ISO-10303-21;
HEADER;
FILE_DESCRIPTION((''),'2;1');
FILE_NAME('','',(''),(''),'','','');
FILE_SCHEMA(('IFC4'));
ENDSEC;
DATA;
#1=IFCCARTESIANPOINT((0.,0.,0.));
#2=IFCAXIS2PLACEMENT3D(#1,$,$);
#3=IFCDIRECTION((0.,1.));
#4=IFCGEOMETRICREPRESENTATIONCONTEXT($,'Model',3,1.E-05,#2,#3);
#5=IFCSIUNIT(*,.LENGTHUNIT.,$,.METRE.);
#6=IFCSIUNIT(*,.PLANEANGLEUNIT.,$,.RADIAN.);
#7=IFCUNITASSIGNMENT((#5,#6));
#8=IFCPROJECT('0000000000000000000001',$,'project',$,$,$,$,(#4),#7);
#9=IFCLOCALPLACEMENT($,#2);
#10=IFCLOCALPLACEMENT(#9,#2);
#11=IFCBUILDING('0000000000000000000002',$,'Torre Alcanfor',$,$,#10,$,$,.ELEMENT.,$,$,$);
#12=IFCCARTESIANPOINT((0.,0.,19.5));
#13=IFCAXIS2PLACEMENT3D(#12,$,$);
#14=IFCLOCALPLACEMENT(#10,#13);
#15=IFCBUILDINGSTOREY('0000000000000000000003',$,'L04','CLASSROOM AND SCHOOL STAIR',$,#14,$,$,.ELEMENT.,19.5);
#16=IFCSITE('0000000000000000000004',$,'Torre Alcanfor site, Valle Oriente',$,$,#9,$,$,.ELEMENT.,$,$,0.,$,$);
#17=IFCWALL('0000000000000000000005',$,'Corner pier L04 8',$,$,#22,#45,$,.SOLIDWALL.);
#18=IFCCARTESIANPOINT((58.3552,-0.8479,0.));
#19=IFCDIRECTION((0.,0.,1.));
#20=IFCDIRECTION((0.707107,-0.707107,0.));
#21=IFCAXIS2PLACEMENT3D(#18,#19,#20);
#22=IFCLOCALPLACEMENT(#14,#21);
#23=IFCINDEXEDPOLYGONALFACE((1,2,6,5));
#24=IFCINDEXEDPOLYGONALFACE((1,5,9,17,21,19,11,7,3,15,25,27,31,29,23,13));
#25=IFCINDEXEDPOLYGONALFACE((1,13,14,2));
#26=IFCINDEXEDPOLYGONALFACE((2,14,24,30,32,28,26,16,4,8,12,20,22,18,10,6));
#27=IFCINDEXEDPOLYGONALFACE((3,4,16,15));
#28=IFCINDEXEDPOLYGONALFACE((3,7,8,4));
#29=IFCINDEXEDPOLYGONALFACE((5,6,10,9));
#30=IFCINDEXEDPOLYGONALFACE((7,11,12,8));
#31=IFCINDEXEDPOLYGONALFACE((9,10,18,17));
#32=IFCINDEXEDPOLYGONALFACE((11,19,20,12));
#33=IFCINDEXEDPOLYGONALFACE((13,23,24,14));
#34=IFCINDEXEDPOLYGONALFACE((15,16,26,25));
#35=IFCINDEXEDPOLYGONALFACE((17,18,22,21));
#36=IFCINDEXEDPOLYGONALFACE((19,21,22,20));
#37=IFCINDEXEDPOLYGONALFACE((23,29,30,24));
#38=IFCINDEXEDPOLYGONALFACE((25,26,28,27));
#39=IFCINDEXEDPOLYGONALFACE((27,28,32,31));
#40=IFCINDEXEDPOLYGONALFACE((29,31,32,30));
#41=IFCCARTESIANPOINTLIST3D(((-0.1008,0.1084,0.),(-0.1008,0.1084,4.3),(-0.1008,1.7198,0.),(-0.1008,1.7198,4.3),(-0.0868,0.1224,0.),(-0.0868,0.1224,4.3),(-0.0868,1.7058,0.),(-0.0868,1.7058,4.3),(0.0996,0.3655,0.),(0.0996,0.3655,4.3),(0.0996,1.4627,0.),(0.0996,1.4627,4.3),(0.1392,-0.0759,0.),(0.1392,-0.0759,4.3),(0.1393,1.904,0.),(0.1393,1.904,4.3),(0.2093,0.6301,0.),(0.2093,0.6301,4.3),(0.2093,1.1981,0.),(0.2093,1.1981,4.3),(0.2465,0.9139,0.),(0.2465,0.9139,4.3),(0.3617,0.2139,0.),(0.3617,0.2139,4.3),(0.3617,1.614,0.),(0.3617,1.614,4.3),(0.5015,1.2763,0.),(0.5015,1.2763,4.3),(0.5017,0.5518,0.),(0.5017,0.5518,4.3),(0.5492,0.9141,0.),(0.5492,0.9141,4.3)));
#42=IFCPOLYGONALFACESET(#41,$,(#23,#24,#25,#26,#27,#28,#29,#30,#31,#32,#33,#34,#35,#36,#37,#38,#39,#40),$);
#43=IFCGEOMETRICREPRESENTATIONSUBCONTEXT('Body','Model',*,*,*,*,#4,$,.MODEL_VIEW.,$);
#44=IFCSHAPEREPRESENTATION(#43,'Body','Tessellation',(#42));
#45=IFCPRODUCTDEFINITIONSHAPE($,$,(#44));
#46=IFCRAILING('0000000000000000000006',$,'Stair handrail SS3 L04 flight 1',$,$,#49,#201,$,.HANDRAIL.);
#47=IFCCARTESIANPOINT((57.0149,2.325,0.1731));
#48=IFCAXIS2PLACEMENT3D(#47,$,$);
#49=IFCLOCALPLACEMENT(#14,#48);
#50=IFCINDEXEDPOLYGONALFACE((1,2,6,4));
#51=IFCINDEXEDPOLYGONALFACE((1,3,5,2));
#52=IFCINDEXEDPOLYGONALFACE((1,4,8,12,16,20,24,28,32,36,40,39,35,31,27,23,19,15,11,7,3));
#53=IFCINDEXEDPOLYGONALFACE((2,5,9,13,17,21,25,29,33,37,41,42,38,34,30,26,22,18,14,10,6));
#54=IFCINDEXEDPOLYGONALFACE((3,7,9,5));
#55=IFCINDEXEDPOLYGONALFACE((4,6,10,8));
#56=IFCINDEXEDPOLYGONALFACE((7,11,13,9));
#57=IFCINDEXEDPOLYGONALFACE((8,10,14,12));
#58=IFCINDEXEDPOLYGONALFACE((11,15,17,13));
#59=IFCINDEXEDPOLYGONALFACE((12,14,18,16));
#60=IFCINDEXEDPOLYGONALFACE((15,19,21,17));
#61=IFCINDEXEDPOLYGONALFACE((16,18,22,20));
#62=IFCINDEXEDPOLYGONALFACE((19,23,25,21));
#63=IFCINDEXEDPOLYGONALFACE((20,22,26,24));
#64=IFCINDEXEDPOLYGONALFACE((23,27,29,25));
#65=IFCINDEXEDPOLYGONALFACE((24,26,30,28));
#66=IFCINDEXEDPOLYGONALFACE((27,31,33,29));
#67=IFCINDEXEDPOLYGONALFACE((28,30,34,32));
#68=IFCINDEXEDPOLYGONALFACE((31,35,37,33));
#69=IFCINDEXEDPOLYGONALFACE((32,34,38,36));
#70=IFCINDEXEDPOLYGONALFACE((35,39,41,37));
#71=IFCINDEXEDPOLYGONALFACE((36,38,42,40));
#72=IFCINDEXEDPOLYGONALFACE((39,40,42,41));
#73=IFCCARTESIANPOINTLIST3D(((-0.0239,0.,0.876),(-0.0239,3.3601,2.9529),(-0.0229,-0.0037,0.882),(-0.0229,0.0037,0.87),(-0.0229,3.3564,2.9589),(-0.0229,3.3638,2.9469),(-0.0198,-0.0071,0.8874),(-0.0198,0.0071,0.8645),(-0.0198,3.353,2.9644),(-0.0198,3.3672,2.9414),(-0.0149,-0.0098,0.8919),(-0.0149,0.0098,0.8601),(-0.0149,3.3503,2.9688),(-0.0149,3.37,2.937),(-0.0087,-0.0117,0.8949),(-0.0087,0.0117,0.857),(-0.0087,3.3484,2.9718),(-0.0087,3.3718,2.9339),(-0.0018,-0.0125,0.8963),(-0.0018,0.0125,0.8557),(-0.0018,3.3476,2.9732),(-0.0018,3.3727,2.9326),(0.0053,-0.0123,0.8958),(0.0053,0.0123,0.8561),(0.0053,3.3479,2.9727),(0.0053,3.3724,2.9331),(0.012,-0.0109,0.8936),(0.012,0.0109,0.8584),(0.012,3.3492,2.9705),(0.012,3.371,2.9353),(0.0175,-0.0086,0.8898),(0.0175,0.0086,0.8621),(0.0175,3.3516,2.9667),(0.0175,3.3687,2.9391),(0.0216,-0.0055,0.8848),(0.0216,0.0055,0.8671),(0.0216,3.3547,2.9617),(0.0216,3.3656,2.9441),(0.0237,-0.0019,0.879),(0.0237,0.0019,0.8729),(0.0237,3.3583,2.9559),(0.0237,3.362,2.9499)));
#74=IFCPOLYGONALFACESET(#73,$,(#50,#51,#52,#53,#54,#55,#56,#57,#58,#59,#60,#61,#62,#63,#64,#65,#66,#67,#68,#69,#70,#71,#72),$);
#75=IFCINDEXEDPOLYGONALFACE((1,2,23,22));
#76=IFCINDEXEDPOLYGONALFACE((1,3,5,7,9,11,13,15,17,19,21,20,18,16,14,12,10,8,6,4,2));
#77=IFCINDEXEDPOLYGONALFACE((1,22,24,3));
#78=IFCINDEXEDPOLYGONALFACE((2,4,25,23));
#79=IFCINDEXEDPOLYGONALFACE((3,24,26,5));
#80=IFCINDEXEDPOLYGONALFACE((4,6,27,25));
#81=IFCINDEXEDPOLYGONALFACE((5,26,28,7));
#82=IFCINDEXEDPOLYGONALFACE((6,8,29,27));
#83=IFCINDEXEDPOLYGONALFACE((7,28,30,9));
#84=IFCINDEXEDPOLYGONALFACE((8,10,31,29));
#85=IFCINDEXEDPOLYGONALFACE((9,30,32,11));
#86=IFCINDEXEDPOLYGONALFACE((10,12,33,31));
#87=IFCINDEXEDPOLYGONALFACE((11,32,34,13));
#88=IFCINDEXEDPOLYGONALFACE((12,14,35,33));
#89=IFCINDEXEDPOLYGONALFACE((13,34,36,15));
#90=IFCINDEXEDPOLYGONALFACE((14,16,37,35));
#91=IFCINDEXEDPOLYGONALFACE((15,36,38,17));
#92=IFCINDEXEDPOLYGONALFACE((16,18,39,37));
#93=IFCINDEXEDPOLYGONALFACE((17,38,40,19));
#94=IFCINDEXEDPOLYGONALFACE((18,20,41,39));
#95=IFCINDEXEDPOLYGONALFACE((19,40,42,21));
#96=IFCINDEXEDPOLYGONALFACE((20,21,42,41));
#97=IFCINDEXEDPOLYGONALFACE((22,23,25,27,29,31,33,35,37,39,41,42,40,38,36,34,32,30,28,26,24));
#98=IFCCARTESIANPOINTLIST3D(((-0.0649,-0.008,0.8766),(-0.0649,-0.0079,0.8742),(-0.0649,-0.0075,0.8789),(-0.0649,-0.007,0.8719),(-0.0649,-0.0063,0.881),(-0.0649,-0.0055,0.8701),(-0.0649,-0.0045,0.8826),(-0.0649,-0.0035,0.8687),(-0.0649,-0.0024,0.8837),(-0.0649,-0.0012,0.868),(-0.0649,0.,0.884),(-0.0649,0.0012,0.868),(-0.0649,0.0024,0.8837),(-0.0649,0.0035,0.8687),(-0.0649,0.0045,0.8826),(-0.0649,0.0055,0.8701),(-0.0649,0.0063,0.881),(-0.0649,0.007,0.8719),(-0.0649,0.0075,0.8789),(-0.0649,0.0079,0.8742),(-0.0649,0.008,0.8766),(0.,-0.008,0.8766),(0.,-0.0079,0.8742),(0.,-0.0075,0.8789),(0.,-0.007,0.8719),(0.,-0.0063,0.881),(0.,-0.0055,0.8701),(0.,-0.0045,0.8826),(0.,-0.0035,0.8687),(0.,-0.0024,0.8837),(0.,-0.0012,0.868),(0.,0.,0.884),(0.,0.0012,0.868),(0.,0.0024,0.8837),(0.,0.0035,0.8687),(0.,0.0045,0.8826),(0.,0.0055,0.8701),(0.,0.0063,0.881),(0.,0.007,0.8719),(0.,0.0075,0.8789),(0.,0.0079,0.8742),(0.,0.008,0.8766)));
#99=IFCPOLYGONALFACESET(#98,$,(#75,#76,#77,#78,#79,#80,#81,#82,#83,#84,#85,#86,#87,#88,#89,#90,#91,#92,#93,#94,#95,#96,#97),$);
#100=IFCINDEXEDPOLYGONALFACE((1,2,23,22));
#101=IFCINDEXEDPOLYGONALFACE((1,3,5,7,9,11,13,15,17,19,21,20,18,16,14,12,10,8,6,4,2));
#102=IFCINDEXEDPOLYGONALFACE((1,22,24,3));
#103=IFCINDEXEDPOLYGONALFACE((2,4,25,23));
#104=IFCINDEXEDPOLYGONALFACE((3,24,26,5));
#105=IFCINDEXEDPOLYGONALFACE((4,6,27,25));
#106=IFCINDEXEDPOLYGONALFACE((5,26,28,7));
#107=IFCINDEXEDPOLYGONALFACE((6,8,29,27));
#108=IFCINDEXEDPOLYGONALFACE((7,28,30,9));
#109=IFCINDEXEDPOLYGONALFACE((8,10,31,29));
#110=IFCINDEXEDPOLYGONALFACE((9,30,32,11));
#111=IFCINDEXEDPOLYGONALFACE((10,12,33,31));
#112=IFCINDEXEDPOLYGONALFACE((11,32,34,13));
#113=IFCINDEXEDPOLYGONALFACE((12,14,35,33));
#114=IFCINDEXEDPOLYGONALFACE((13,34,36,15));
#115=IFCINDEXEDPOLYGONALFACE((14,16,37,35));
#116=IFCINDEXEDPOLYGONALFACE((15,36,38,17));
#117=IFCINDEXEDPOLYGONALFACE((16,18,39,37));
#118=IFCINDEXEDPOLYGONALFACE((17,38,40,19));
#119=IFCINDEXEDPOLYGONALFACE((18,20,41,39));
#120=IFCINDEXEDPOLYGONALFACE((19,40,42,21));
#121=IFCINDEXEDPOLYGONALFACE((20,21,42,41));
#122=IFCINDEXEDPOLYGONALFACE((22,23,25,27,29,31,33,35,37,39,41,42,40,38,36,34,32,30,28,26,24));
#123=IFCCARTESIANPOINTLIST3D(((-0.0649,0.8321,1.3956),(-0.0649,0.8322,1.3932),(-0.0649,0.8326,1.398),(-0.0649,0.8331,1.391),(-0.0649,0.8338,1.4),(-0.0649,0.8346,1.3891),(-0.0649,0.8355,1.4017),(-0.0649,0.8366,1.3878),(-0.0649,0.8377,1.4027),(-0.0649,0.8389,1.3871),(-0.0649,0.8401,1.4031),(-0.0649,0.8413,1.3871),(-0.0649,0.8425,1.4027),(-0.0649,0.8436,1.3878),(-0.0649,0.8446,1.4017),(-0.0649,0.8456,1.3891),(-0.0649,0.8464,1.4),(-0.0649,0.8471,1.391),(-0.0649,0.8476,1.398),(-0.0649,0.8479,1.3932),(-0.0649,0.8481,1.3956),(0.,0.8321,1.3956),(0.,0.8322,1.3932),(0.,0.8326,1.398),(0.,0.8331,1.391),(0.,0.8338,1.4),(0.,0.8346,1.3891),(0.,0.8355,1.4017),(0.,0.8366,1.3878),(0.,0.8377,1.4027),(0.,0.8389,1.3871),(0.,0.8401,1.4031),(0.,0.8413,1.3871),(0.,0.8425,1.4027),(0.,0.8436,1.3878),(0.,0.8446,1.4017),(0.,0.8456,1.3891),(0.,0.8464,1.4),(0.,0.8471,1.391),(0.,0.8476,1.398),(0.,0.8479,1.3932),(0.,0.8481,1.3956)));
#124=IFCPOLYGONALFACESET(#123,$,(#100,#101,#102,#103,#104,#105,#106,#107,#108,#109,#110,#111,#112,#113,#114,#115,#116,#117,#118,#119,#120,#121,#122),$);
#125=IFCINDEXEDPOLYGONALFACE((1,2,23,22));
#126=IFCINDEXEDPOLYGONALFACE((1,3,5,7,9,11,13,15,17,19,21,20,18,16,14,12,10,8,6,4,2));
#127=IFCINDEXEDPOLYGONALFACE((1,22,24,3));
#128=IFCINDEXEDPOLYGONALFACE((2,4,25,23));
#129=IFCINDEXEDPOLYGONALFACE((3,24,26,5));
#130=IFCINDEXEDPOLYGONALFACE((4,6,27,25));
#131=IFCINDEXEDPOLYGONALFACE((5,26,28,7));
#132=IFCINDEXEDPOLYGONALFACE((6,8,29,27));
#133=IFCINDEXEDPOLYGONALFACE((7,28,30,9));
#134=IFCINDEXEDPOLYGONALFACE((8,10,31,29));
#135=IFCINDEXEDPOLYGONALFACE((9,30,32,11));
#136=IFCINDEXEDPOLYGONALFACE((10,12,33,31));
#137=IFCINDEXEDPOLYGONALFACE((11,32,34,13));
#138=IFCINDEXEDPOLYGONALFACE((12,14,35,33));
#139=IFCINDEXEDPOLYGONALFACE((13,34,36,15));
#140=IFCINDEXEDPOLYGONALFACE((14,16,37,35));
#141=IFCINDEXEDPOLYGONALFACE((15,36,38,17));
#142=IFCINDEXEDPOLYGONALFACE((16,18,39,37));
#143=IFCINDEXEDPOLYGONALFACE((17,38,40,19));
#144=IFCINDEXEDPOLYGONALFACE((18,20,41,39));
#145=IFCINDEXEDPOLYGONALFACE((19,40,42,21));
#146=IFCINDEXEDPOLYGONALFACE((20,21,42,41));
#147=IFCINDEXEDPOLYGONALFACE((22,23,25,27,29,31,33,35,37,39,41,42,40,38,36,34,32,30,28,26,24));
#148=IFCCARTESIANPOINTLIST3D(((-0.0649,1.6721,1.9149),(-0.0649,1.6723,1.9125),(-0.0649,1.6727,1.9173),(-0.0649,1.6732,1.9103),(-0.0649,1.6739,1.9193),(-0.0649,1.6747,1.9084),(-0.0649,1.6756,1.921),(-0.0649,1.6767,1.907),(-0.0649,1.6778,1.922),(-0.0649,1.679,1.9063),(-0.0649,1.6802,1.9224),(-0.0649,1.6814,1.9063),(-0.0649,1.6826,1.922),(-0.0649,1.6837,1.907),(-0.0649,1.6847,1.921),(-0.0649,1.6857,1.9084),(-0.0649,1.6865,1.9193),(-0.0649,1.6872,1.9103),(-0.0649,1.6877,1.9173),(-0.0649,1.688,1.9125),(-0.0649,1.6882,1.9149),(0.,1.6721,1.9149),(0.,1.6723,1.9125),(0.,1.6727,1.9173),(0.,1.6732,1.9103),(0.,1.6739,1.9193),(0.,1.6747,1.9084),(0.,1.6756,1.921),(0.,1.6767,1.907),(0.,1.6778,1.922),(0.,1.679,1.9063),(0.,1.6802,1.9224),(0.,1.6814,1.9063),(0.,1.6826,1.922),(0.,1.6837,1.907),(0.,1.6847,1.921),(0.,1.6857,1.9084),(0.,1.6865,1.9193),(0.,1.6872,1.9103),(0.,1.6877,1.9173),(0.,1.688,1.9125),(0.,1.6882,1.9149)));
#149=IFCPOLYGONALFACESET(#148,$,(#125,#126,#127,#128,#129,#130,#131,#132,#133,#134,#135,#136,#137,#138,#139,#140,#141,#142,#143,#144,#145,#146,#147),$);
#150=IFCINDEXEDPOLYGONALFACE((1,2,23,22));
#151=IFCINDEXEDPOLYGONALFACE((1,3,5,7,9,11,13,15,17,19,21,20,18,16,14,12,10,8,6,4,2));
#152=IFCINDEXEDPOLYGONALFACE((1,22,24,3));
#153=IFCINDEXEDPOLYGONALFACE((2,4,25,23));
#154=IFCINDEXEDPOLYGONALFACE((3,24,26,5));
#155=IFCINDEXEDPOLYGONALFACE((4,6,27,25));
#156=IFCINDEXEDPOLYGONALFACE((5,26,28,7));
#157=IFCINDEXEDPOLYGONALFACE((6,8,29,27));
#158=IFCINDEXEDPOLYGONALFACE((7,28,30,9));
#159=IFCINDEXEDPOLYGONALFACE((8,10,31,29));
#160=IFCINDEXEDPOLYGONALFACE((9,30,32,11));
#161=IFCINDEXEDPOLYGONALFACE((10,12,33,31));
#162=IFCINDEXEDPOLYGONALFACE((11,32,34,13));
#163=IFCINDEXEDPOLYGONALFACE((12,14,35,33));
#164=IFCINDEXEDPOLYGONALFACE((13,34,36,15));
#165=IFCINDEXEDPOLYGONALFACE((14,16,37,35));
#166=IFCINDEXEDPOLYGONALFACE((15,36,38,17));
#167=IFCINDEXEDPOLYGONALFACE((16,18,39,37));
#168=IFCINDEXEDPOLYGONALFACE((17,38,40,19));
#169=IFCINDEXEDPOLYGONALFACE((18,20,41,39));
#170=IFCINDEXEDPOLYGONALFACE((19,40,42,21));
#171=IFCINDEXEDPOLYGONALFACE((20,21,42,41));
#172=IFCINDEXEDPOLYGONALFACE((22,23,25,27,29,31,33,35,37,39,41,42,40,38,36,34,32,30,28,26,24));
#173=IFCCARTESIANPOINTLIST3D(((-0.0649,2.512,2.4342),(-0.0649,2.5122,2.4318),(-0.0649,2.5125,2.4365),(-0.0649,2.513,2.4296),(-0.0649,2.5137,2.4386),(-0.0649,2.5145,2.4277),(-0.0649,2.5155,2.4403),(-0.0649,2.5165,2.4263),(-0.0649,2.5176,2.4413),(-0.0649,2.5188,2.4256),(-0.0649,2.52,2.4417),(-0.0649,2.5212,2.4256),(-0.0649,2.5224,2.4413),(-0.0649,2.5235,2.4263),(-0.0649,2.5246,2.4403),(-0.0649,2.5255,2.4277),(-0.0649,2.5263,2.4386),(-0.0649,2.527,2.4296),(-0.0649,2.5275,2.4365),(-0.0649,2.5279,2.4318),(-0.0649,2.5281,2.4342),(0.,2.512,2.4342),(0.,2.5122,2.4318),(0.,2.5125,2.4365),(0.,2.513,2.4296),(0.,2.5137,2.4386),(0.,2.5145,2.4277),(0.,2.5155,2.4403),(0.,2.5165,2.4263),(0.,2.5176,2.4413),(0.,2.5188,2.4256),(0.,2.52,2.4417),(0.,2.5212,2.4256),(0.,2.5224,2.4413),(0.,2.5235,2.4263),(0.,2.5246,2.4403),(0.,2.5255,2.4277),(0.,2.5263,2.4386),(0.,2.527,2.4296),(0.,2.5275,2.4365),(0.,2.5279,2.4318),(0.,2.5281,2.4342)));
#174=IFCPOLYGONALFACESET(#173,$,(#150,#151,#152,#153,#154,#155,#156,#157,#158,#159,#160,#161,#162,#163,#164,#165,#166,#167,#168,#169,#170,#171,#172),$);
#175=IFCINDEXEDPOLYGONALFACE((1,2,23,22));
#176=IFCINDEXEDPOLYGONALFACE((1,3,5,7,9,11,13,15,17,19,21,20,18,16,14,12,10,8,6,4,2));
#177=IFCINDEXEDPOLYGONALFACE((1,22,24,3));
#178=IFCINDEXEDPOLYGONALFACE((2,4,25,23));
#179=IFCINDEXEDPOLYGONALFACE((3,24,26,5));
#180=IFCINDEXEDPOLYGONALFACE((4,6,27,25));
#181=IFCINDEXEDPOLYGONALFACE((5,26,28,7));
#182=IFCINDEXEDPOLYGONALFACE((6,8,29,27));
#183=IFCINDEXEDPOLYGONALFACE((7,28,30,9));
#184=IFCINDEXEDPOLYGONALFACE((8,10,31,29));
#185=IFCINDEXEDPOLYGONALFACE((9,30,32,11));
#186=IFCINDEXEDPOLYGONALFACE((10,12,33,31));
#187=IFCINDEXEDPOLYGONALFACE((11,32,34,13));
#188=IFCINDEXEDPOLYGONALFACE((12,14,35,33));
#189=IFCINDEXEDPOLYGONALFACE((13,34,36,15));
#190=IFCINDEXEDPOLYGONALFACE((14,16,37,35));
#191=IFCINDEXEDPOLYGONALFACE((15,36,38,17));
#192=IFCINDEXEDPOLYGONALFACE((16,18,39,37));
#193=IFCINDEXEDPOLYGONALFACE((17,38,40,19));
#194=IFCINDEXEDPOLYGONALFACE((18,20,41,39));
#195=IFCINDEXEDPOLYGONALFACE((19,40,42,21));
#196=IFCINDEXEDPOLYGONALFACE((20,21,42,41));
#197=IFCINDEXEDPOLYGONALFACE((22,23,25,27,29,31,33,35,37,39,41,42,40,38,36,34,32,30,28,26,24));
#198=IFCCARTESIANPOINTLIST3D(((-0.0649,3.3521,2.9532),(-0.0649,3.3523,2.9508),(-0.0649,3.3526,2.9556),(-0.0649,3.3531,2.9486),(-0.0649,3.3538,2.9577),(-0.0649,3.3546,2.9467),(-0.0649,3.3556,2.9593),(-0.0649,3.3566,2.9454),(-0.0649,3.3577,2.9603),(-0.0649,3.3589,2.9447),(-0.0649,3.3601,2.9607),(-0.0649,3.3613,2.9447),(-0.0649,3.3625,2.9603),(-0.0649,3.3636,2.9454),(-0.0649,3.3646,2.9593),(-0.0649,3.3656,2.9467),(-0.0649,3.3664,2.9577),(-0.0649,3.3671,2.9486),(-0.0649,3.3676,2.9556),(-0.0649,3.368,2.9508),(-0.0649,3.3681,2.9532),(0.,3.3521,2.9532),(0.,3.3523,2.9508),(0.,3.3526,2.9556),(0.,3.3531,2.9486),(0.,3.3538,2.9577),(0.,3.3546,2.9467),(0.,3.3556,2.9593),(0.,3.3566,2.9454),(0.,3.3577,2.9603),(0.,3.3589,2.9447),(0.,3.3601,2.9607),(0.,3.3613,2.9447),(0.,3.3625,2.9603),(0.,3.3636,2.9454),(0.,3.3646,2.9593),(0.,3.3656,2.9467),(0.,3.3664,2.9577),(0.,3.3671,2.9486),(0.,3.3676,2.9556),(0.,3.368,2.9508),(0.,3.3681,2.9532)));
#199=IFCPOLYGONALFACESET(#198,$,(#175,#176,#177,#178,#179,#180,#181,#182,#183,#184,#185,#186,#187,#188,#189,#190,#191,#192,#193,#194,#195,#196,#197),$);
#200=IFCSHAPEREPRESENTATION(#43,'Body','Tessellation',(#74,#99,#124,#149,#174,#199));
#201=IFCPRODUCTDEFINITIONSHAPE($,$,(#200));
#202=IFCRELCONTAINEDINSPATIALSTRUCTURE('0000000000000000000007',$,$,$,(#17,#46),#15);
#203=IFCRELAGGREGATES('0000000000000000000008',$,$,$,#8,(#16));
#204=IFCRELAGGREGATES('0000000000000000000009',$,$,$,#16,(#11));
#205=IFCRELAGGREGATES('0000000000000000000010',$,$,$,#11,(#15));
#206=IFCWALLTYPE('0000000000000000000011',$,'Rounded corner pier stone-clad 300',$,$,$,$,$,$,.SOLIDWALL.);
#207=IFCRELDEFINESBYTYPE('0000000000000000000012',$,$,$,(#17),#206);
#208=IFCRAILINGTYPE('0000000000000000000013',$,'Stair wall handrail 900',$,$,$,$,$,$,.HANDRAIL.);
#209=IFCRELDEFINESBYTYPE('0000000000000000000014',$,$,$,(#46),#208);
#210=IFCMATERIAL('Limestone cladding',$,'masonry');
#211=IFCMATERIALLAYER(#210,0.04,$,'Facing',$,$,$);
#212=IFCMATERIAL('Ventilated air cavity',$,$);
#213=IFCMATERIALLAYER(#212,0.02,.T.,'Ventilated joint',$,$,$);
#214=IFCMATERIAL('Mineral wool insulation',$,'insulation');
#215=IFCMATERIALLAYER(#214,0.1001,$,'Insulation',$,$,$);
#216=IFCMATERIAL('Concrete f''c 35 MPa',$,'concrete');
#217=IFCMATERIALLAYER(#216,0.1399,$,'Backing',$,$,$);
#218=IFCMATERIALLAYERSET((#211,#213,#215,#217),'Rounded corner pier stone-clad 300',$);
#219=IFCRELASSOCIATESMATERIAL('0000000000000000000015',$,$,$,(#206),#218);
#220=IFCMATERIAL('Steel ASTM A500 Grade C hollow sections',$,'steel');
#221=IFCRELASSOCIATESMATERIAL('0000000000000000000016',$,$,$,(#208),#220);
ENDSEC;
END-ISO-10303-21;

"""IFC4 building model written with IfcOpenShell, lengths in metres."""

from ifc_helpers import new_model, si_unit, direction, frame, origin, origin_2d, place, context, subcontext, project, spatial, polyline, circle, outline, extrude, material, layer, layer_set, type_object, element, save


model = new_model("IFC4")

# Units and contexts
model_context = context("Model", 3, precision=1e-05, world=origin(), true_north=direction((0.0, 1.0)))
body_context = subcontext(model_context, "Body", "Model", "MODEL_VIEW")
ifc_project = project(units=[si_unit("LENGTHUNIT", "METRE"), si_unit("PLANEANGLEUNIT", "RADIAN")], contexts=[model_context])

# Site, building, storey
site_placement = place(None, origin())
site = spatial("IfcSite", under=ifc_project, at=site_placement, Name="Torre Alcanfor site, Valle Oriente", CompositionType="ELEMENT", RefElevation=0.0)
building_placement = place(site_placement, origin())
building = spatial("IfcBuilding", under=site, at=building_placement, Name="Torre Alcanfor", CompositionType="ELEMENT")
storey_placement = place(building_placement, frame((0.0, 0.0, 19.5)))
storey = spatial("IfcBuildingStorey", under=building, at=storey_placement, Name="L04", Description="CLASSROOM AND SCHOOL STAIR", CompositionType="ELEMENT", Elevation=19.5)

# Wall
ifc_material_1 = material(Name="Limestone cladding", Category="masonry")
ifc_layer_1 = layer(ifc_material_1, 0.04, Name="Facing")
ifc_material_2 = material(Name="Ventilated air cavity")
ifc_layer_2 = layer(ifc_material_2, 0.02, ventilated=True, Name="Ventilated joint")
ifc_material_3 = material(Name="Mineral wool insulation", Category="insulation")
ifc_layer_3 = layer(ifc_material_3, 0.1001, Name="Insulation")
ifc_material_4 = material(Name="Concrete f'c 35 MPa", Category="concrete")
ifc_layer_4 = layer(ifc_material_4, 0.1399, Name="Backing")
ifc_layer_set_1 = layer_set([ifc_layer_1, ifc_layer_2, ifc_layer_3, ifc_layer_4], Name="Rounded corner pier stone-clad 300")
wall_type_1 = type_object("IfcWallType", Name="Rounded corner pier stone-clad 300", PredefinedType="SOLIDWALL", material=ifc_layer_set_1)
wall_1_placement = place(storey_placement, frame((58.3552, -0.8479, 0.0), z_axis=(0.0, 0.0, 1.0), x_axis=(0.707107, -0.707107, 0.0)))
element("IfcWall", 1, at=wall_1_placement, inside=storey, type_object=wall_type_1, Name="Corner pier L04 8", PredefinedType="SOLIDWALL", context=body_context, shape_type="SweptSolid", body=[
    extrude(outline(polyline([(0.1393, 1.904), (-0.1008, 1.7198), (-0.0868, 1.7058), (0.0996, 1.4627), (0.2093, 1.1981), (0.2465, 0.9139), (0.2093, 0.6301), (0.0996, 0.3655), (-0.0868, 0.1224), (-0.1008, 0.1084), (0.1392, -0.0759), (0.3617, 0.2139), (0.5017, 0.5518), (0.5492, 0.9141), (0.5015, 1.2763), (0.3617, 1.614), (0.1393, 1.904)])), origin(), (0.0, 0.0, 1.0), 4.3),
])

# Railing
ifc_material_5 = material(Name="Steel ASTM A500 Grade C hollow sections", Category="steel")
railing_type_1 = type_object("IfcRailingType", Name="Stair wall handrail 900", PredefinedType="HANDRAIL", material=ifc_material_5)
railing_1_placement = place(storey_placement, frame((57.0149, 2.325, 0.1731)))
element("IfcRailing", 2, at=railing_1_placement, inside=storey, type_object=railing_type_1, Name="Stair handrail SS3 L04 flight 1", PredefinedType="HANDRAIL", context=body_context, shape_type="SweptSolid", body=[
    extrude(circle(Radius=0.0239, at=origin_2d()), frame((0.0, 0.0, 0.876), z_axis=(0.0, 0.850623, 0.525776), x_axis=(-1.0, 0.0, 0.0)), (0.0, 0.0, 1.0), 3.9502),
    extrude(circle(Radius=0.0081, at=origin_2d()), frame((0.0, 0.0, 0.876), z_axis=(-1.0, 0.0, 0.0), x_axis=(0.0, 0.0, 1.0)), (0.0, 0.0, 1.0), 0.0649),
    extrude(circle(Radius=0.0081, at=origin_2d()), frame((0.0, 0.8401, 1.395), z_axis=(-1.0, 0.0, 0.0), x_axis=(0.0, 0.0, 1.0)), (0.0, 0.0, 1.0), 0.0649),
    extrude(circle(Radius=0.0081, at=origin_2d()), frame((0.0, 1.6802, 1.9143), z_axis=(-1.0, 0.0, 0.0), x_axis=(0.0, 0.0, 1.0)), (0.0, 0.0, 1.0), 0.0649),
    extrude(circle(Radius=0.0081, at=origin_2d()), frame((0.0, 2.52, 2.4336), z_axis=(-1.0, 0.0, 0.0), x_axis=(0.0, 0.0, 1.0)), (0.0, 0.0, 1.0), 0.0649),
    extrude(circle(Radius=0.0081, at=origin_2d()), frame((0.0, 3.3601, 2.9526), z_axis=(-1.0, 0.0, 0.0), x_axis=(0.0, 0.0, 1.0)), (0.0, 0.0, 1.0), 0.0649),
])

save(model, "model.ifc")
